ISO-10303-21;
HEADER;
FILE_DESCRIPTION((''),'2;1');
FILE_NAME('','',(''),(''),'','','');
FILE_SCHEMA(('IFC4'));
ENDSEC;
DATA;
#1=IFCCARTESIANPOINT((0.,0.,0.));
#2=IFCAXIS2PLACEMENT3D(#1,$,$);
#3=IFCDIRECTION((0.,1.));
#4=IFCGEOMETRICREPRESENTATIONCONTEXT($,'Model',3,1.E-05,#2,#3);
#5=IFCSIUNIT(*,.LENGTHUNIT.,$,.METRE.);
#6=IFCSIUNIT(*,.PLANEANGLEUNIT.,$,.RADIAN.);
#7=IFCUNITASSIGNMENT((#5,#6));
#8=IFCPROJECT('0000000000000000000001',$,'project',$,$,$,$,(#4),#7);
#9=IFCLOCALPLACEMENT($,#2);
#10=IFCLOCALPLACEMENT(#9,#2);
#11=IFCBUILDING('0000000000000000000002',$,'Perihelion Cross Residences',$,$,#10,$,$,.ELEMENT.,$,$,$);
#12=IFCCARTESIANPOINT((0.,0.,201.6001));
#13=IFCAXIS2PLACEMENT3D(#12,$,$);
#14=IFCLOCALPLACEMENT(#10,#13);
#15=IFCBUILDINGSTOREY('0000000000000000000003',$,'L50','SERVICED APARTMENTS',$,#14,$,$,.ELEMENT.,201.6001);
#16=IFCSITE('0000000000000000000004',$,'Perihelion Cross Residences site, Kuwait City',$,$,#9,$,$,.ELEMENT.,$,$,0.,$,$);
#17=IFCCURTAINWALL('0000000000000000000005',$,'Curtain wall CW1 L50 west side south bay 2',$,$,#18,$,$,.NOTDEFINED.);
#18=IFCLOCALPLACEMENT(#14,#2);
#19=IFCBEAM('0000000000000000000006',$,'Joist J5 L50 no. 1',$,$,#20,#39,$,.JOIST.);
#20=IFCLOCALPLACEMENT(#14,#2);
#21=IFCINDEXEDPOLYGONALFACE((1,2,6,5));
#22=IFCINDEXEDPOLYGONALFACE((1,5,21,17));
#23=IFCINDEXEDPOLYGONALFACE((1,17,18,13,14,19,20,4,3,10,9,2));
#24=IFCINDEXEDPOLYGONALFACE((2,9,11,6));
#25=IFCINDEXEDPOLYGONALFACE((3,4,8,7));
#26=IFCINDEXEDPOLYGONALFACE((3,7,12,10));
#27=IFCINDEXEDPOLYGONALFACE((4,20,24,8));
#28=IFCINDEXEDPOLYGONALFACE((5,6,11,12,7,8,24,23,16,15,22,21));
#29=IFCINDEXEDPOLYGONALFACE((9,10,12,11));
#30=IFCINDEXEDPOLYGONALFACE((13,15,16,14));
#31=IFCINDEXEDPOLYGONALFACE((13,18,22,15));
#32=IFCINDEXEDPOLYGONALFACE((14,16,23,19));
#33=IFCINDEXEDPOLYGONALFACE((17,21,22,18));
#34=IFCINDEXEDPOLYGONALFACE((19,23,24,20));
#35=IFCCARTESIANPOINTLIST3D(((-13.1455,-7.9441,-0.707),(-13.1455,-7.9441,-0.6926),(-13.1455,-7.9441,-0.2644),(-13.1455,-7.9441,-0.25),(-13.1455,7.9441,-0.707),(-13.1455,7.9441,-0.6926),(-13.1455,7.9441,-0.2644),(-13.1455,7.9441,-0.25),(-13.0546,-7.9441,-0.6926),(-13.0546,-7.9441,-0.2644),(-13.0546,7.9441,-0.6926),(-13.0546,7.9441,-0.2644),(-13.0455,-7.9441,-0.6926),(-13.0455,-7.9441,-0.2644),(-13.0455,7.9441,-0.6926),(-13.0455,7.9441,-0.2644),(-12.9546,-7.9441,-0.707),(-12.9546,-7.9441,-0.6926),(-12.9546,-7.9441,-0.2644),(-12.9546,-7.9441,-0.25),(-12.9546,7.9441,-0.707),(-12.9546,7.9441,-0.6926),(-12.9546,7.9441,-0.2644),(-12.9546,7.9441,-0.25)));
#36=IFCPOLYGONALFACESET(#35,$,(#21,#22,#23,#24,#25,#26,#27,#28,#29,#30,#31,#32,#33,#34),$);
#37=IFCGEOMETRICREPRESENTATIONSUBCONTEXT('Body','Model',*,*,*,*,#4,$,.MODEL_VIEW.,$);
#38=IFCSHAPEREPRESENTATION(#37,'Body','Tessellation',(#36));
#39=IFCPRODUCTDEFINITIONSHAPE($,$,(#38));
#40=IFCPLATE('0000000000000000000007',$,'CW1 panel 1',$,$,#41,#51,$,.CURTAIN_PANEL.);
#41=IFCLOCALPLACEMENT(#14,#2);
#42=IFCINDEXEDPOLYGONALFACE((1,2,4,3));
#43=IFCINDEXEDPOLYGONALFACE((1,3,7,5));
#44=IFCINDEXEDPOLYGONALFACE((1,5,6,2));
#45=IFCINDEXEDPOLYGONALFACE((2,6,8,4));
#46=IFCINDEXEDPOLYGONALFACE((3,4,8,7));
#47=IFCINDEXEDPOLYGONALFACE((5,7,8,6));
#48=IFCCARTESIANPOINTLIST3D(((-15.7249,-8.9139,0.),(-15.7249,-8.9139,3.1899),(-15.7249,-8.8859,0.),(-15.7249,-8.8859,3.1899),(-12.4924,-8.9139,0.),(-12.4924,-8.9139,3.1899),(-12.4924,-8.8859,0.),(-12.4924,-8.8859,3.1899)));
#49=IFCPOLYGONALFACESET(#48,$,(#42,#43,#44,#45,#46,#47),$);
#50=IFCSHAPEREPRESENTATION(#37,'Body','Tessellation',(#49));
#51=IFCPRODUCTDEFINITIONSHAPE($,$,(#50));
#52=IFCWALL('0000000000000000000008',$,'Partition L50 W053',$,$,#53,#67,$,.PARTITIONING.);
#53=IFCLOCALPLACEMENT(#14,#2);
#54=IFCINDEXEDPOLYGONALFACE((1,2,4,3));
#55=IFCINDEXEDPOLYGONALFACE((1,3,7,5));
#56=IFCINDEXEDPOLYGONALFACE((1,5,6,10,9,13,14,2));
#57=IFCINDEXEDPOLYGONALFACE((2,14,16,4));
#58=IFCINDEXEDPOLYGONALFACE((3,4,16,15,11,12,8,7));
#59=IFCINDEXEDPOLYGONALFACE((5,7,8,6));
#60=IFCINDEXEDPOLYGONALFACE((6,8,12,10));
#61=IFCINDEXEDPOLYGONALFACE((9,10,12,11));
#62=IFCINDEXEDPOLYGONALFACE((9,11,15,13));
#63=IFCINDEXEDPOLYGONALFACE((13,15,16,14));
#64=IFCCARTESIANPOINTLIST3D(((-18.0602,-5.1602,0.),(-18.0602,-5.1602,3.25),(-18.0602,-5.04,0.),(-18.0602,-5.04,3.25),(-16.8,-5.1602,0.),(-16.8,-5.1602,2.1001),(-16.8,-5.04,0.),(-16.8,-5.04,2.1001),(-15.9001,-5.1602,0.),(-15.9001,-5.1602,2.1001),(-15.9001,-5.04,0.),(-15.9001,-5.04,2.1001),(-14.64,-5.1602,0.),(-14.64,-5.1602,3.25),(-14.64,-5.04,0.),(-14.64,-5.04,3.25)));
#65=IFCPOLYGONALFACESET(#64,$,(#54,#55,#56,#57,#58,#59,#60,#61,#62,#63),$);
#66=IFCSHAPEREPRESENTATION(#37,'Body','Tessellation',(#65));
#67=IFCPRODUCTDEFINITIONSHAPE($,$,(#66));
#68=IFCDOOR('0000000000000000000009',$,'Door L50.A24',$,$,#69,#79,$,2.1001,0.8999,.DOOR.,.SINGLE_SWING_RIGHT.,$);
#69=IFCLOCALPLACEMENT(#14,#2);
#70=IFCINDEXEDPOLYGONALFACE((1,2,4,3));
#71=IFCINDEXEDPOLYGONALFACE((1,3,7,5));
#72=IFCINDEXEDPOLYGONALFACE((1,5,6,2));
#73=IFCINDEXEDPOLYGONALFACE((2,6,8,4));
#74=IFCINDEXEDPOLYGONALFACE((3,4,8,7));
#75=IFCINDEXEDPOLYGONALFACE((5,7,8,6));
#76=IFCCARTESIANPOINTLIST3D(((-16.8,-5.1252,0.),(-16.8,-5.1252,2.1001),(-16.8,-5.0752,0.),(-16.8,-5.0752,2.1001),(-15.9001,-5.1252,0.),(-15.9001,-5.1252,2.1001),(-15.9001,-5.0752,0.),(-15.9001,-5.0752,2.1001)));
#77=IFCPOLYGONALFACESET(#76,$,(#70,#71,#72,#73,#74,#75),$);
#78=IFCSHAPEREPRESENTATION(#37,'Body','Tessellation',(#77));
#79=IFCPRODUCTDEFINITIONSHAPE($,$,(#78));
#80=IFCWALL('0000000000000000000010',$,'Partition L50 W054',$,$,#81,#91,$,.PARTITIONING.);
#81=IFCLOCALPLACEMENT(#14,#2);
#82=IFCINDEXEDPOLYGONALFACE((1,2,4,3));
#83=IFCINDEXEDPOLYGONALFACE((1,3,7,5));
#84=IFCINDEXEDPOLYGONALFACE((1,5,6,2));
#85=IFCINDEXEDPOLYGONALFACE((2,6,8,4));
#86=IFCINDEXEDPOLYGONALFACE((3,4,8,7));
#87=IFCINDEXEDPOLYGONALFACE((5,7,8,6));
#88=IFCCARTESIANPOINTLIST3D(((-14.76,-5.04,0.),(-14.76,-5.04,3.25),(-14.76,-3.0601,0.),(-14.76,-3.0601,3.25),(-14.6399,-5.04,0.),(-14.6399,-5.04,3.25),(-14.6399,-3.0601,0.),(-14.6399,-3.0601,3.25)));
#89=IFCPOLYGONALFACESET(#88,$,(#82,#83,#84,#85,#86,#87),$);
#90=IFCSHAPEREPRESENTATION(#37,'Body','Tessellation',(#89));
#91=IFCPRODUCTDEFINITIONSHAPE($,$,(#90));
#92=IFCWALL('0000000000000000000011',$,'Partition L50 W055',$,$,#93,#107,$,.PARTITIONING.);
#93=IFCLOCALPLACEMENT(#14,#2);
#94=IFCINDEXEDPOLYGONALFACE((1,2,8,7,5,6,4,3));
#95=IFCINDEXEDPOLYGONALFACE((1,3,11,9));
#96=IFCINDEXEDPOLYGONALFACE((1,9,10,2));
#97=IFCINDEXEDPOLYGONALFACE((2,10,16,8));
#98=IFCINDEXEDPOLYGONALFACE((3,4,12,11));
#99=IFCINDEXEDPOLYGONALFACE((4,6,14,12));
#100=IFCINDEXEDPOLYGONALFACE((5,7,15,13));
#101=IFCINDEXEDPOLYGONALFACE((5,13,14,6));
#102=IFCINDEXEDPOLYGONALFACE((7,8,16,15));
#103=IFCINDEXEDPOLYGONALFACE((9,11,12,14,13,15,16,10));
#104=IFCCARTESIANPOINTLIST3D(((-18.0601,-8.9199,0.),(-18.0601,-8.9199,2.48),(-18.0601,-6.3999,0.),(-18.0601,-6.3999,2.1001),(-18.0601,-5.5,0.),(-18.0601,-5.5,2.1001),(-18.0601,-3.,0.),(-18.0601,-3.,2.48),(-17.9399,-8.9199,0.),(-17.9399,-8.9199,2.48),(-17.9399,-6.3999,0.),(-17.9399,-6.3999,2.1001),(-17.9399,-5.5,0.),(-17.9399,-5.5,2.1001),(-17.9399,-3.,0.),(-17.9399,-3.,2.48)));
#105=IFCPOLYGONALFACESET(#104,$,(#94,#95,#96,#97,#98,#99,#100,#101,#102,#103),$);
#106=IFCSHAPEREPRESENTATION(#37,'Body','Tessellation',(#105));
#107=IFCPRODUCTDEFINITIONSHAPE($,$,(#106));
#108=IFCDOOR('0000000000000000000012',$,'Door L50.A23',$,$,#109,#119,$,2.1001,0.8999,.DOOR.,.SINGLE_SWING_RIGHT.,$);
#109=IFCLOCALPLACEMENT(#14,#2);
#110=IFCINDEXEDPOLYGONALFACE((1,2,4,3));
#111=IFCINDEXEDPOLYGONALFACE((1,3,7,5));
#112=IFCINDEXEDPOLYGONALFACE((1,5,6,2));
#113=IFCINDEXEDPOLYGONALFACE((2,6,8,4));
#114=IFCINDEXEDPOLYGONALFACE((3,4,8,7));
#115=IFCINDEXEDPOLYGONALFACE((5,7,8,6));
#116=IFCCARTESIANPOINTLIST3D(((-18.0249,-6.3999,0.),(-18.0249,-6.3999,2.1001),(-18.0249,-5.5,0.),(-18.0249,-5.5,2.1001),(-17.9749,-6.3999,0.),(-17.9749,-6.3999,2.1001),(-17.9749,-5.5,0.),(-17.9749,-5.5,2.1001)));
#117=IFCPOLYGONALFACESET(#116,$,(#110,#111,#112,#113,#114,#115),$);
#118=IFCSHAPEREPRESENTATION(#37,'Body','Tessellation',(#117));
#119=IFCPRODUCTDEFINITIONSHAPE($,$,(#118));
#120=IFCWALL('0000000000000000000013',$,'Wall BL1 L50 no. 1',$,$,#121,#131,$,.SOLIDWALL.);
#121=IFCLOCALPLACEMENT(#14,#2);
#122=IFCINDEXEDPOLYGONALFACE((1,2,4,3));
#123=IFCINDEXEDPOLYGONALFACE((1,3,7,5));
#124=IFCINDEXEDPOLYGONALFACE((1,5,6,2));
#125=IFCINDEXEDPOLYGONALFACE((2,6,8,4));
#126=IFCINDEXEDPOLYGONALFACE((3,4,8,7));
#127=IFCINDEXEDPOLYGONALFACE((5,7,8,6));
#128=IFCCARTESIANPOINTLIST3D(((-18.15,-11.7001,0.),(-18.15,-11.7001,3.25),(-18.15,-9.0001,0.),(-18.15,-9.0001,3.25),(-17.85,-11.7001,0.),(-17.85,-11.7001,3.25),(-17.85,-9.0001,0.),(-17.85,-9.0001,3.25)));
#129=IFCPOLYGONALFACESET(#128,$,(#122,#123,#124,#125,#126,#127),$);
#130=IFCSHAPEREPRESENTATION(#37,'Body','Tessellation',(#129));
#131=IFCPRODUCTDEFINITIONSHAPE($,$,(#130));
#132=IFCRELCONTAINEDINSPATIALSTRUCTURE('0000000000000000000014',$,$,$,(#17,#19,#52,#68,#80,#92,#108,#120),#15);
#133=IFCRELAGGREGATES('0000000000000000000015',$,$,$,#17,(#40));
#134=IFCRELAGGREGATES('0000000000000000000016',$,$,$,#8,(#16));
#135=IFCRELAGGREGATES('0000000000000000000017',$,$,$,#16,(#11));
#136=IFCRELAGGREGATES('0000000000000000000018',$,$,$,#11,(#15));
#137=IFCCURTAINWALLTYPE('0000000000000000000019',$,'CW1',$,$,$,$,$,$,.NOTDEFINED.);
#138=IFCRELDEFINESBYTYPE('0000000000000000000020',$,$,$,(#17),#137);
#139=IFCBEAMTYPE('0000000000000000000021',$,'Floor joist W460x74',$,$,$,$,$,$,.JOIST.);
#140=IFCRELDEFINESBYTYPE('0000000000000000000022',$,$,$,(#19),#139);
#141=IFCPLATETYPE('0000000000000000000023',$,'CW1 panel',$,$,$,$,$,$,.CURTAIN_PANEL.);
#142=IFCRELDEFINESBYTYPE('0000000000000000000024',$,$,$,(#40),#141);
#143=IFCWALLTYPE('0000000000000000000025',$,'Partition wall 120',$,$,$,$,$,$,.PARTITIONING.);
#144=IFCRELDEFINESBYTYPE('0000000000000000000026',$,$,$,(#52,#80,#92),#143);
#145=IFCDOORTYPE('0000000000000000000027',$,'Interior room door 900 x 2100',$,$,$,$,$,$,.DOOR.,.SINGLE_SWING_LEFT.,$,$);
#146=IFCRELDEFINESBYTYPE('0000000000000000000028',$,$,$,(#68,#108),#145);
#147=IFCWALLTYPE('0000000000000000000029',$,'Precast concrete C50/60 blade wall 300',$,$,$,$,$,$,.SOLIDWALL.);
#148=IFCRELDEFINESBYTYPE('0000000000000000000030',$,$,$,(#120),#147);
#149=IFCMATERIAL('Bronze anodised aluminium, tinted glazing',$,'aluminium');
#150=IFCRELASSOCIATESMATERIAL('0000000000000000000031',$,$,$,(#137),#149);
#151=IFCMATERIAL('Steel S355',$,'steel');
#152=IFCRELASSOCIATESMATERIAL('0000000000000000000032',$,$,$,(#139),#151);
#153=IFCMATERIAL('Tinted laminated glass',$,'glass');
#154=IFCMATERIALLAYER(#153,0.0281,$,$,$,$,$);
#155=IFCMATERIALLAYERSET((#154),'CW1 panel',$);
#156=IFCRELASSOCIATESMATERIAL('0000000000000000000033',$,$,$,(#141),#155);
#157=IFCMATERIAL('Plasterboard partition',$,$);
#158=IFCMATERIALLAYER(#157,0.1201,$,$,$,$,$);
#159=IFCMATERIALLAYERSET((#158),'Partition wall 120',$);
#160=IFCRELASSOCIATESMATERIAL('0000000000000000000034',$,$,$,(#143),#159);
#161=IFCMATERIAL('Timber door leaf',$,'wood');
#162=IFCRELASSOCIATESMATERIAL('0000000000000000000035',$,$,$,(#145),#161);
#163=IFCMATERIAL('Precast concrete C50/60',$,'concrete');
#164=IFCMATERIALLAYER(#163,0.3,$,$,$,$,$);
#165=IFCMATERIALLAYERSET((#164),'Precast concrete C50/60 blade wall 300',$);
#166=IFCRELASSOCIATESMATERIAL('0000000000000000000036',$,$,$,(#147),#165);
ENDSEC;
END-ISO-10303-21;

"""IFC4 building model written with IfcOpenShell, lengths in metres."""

from ifc_helpers import new_model, si_unit, direction, frame, frame_2d, origin, origin_2d, place, context, subcontext, project, spatial, rectangle, i_section, extrude, material, layer, layer_set, material_profile, profile_set, type_object, element, fill, aggregate, save


model = new_model("IFC4")

# Units and contexts
model_context = context("Model", 3, precision=1e-05, world=origin(), true_north=direction((0.0, 1.0)))
body_context = subcontext(model_context, "Body", "Model", "MODEL_VIEW")
ifc_project = project(units=[si_unit("LENGTHUNIT", "METRE"), si_unit("PLANEANGLEUNIT", "RADIAN")], contexts=[model_context])

# Site, building, storey
site_placement = place(None, origin())
site = spatial("IfcSite", under=ifc_project, at=site_placement, Name="Perihelion Cross Residences site, Kuwait City", CompositionType="ELEMENT", RefElevation=0.0)
building_placement = place(site_placement, origin())
building = spatial("IfcBuilding", under=site, at=building_placement, Name="Perihelion Cross Residences", CompositionType="ELEMENT")
storey_placement = place(building_placement, frame((0.0, 0.0, 201.6001)))
storey = spatial("IfcBuildingStorey", under=building, at=storey_placement, Name="L50", Description="SERVICED APARTMENTS", CompositionType="ELEMENT", Elevation=201.6001)

# Curtain wall
ifc_material_1 = material(Name="Bronze anodised aluminium, tinted glazing", Category="aluminium")
curtain_wall_type = type_object("IfcCurtainWallType", Name="CW1", PredefinedType="NOTDEFINED", material=ifc_material_1)
curtain_wall_placement = place(storey_placement, origin())
curtain_wall = element("IfcCurtainWall", 1, at=curtain_wall_placement, inside=storey, type_object=curtain_wall_type, Name="Curtain wall CW1 L50 west side south bay 2", PredefinedType="NOTDEFINED")

# Beam
ifc_material_2 = material(Name="Steel S355", Category="steel")
ifc_material_profile_1 = material_profile(ifc_material_2, i_section(OverallWidth=0.1909, OverallDepth=0.457, WebThickness=0.009, FlangeThickness=0.0144, at=origin_2d()), Name="W460x74")
ifc_profile_set_1 = profile_set([ifc_material_profile_1], Name="Steel S355")
beam_type_1 = type_object("IfcBeamType", Name="Floor joist W460x74", PredefinedType="JOIST", material=ifc_profile_set_1)
beam_1_placement = place(storey_placement, frame((-13.05, -7.9441, -0.4785), z_axis=(0.0, 1.0, 0.0), x_axis=(-1.0, 0.0, 0.0)))
element("IfcBeam", 2, at=beam_1_placement, inside=storey, type_object=beam_type_1, Name="Joist J5 L50 no. 1", PredefinedType="JOIST", context=body_context, shape_type="SweptSolid", body=[
    extrude(i_section(OverallWidth=0.1909, OverallDepth=0.457, WebThickness=0.009, FlangeThickness=0.0144, at=origin_2d()), origin(), (0.0, 0.0, 1.0), 15.8882),
])

# Plate
ifc_material_3 = material(Name="Tinted laminated glass", Category="glass")
ifc_layer_1 = layer(ifc_material_3, 0.0281)
ifc_layer_set_1 = layer_set([ifc_layer_1], Name="CW1 panel")
plate_type = type_object("IfcPlateType", Name="CW1 panel", PredefinedType="CURTAIN_PANEL", material=ifc_layer_set_1)
plate_placement = place(storey_placement, frame((-14.1086, -8.8999, 0.0), z_axis=(0.0, 0.0, 1.0), x_axis=(1.0, 0.0, 0.0)))
plate = element("IfcPlate", 3, at=plate_placement, type_object=plate_type, Name="CW1 panel 1", PredefinedType="CURTAIN_PANEL", context=body_context, shape_type="SweptSolid", body=[
    extrude(rectangle(XDim=3.2324, YDim=0.0281, at=origin_2d()), origin(), (0.0, 0.0, 1.0), 3.1899),
])
aggregate(curtain_wall, [plate])

# Wall, opening, door
ifc_material_4 = material(Name="Plasterboard partition")
ifc_layer_2 = layer(ifc_material_4, 0.1201)
ifc_layer_set_2 = layer_set([ifc_layer_2], Name="Partition wall 120")
wall_type_1 = type_object("IfcWallType", Name="Partition wall 120", PredefinedType="PARTITIONING", material=ifc_layer_set_2)
wall_1_placement = place(storey_placement, frame((-18.0601, -5.1001, 0.0), z_axis=(0.0, 0.0, 1.0), x_axis=(1.0, 0.0, 0.0)))
wall_1 = element("IfcWall", 4, at=wall_1_placement, inside=storey, type_object=wall_type_1, Name="Partition L50 W053", PredefinedType="PARTITIONING", context=body_context, shape_type="SweptSolid", body=[
    extrude(rectangle(XDim=3.4202, YDim=0.1201, at=frame_2d((1.71, 0.0))), origin(), (0.0, 0.0, 1.0), 3.25),
])
opening_1_placement = place(wall_1_placement, frame((1.26, 0.0, 0.0)))
opening_1 = element("IfcOpeningElement", 5, at=opening_1_placement, cuts=wall_1, PredefinedType="OPENING", context=body_context, shape_type="SweptSolid", body=[
    extrude(rectangle(XDim=0.8999, YDim=2.1001, at=frame_2d((0.45, 1.05))), frame((0.0, 0.0701, 0.0), z_axis=(0.0, -1.0, 0.0), x_axis=(1.0, 0.0, 0.0)), (0.0, 0.0, 1.0), 0.1401),
])
ifc_material_5 = material(Name="Timber door leaf", Category="wood")
door_type_1 = type_object("IfcDoorType", Name="Interior room door 900 x 2100", OperationType="SINGLE_SWING_LEFT", PredefinedType="DOOR", material=ifc_material_5)
door_1_placement = place(opening_1_placement, origin())
door_1 = element("IfcDoor", 6, at=door_1_placement, inside=storey, type_object=door_type_1, Name="Door L50.A24", OperationType="SINGLE_SWING_RIGHT", OverallHeight=2.1001, OverallWidth=0.8999, PredefinedType="DOOR", context=body_context, shape_type="SweptSolid", body=[
    extrude(rectangle(XDim=0.8999, YDim=2.1001, at=frame_2d((0.45, 1.05))), frame((0.0, 0.0249, 0.0), z_axis=(0.0, -1.0, 0.0), x_axis=(1.0, 0.0, 0.0)), (0.0, 0.0, 1.0), 0.05),
])
fill(opening_1, door_1)

# Wall
wall_2_placement = place(storey_placement, frame((-14.7, -5.04, 0.0), z_axis=(0.0, 0.0, 1.0), x_axis=(0.0, 1.0, 0.0)))
element("IfcWall", 7, at=wall_2_placement, inside=storey, type_object=wall_type_1, Name="Partition L50 W054", PredefinedType="PARTITIONING", context=body_context, shape_type="SweptSolid", body=[
    extrude(rectangle(XDim=1.98, YDim=0.1201, at=frame_2d((0.99, 0.0))), origin(), (0.0, 0.0, 1.0), 3.25),
])

# Wall, opening, door
wall_3_placement = place(storey_placement, frame((-18.0, -8.9199, 0.0), z_axis=(0.0, 0.0, 1.0), x_axis=(0.0, 1.0, 0.0)))
wall_3 = element("IfcWall", 8, at=wall_3_placement, inside=storey, type_object=wall_type_1, Name="Partition L50 W055", PredefinedType="PARTITIONING", context=body_context, shape_type="SweptSolid", body=[
    extrude(rectangle(XDim=5.9199, YDim=0.1201, at=frame_2d((2.96, 0.0))), origin(), (0.0, 0.0, 1.0), 2.48),
])
opening_2_placement = place(wall_3_placement, frame((2.52, 0.0, 0.0)))
opening_2 = element("IfcOpeningElement", 9, at=opening_2_placement, cuts=wall_3, PredefinedType="OPENING", context=body_context, shape_type="SweptSolid", body=[
    extrude(rectangle(XDim=0.8999, YDim=2.1001, at=frame_2d((0.45, 1.05))), frame((0.0, 0.0701, 0.0), z_axis=(0.0, -1.0, 0.0), x_axis=(1.0, 0.0, 0.0)), (0.0, 0.0, 1.0), 0.1401),
])
door_2_placement = place(opening_2_placement, origin())
door_2 = element("IfcDoor", 10, at=door_2_placement, inside=storey, type_object=door_type_1, Name="Door L50.A23", OperationType="SINGLE_SWING_RIGHT", OverallHeight=2.1001, OverallWidth=0.8999, PredefinedType="DOOR", context=body_context, shape_type="SweptSolid", body=[
    extrude(rectangle(XDim=0.8999, YDim=2.1001, at=frame_2d((0.45, 1.05))), frame((0.0, 0.0249, 0.0), z_axis=(0.0, -1.0, 0.0), x_axis=(1.0, 0.0, 0.0)), (0.0, 0.0, 1.0), 0.05),
])
fill(opening_2, door_2)

# Wall
ifc_material_6 = material(Name="Precast concrete C50/60", Category="concrete")
ifc_layer_3 = layer(ifc_material_6, 0.3)
ifc_layer_set_3 = layer_set([ifc_layer_3], Name="Precast concrete C50/60 blade wall 300")
wall_type_2 = type_object("IfcWallType", Name="Precast concrete C50/60 blade wall 300", PredefinedType="SOLIDWALL", material=ifc_layer_set_3)
wall_4_placement = place(storey_placement, frame((-18.0, -9.0, 0.0), z_axis=(0.0, 0.0, 1.0), x_axis=(0.0, -1.0, 0.0)))
element("IfcWall", 11, at=wall_4_placement, inside=storey, type_object=wall_type_2, Name="Wall BL1 L50 no. 1", PredefinedType="SOLIDWALL", context=body_context, shape_type="SweptSolid", body=[
    extrude(rectangle(XDim=2.7, YDim=0.3, at=frame_2d((1.3501, 0.0))), origin(), (0.0, 0.0, 1.0), 3.25),
])

save(model, "model.ifc")
